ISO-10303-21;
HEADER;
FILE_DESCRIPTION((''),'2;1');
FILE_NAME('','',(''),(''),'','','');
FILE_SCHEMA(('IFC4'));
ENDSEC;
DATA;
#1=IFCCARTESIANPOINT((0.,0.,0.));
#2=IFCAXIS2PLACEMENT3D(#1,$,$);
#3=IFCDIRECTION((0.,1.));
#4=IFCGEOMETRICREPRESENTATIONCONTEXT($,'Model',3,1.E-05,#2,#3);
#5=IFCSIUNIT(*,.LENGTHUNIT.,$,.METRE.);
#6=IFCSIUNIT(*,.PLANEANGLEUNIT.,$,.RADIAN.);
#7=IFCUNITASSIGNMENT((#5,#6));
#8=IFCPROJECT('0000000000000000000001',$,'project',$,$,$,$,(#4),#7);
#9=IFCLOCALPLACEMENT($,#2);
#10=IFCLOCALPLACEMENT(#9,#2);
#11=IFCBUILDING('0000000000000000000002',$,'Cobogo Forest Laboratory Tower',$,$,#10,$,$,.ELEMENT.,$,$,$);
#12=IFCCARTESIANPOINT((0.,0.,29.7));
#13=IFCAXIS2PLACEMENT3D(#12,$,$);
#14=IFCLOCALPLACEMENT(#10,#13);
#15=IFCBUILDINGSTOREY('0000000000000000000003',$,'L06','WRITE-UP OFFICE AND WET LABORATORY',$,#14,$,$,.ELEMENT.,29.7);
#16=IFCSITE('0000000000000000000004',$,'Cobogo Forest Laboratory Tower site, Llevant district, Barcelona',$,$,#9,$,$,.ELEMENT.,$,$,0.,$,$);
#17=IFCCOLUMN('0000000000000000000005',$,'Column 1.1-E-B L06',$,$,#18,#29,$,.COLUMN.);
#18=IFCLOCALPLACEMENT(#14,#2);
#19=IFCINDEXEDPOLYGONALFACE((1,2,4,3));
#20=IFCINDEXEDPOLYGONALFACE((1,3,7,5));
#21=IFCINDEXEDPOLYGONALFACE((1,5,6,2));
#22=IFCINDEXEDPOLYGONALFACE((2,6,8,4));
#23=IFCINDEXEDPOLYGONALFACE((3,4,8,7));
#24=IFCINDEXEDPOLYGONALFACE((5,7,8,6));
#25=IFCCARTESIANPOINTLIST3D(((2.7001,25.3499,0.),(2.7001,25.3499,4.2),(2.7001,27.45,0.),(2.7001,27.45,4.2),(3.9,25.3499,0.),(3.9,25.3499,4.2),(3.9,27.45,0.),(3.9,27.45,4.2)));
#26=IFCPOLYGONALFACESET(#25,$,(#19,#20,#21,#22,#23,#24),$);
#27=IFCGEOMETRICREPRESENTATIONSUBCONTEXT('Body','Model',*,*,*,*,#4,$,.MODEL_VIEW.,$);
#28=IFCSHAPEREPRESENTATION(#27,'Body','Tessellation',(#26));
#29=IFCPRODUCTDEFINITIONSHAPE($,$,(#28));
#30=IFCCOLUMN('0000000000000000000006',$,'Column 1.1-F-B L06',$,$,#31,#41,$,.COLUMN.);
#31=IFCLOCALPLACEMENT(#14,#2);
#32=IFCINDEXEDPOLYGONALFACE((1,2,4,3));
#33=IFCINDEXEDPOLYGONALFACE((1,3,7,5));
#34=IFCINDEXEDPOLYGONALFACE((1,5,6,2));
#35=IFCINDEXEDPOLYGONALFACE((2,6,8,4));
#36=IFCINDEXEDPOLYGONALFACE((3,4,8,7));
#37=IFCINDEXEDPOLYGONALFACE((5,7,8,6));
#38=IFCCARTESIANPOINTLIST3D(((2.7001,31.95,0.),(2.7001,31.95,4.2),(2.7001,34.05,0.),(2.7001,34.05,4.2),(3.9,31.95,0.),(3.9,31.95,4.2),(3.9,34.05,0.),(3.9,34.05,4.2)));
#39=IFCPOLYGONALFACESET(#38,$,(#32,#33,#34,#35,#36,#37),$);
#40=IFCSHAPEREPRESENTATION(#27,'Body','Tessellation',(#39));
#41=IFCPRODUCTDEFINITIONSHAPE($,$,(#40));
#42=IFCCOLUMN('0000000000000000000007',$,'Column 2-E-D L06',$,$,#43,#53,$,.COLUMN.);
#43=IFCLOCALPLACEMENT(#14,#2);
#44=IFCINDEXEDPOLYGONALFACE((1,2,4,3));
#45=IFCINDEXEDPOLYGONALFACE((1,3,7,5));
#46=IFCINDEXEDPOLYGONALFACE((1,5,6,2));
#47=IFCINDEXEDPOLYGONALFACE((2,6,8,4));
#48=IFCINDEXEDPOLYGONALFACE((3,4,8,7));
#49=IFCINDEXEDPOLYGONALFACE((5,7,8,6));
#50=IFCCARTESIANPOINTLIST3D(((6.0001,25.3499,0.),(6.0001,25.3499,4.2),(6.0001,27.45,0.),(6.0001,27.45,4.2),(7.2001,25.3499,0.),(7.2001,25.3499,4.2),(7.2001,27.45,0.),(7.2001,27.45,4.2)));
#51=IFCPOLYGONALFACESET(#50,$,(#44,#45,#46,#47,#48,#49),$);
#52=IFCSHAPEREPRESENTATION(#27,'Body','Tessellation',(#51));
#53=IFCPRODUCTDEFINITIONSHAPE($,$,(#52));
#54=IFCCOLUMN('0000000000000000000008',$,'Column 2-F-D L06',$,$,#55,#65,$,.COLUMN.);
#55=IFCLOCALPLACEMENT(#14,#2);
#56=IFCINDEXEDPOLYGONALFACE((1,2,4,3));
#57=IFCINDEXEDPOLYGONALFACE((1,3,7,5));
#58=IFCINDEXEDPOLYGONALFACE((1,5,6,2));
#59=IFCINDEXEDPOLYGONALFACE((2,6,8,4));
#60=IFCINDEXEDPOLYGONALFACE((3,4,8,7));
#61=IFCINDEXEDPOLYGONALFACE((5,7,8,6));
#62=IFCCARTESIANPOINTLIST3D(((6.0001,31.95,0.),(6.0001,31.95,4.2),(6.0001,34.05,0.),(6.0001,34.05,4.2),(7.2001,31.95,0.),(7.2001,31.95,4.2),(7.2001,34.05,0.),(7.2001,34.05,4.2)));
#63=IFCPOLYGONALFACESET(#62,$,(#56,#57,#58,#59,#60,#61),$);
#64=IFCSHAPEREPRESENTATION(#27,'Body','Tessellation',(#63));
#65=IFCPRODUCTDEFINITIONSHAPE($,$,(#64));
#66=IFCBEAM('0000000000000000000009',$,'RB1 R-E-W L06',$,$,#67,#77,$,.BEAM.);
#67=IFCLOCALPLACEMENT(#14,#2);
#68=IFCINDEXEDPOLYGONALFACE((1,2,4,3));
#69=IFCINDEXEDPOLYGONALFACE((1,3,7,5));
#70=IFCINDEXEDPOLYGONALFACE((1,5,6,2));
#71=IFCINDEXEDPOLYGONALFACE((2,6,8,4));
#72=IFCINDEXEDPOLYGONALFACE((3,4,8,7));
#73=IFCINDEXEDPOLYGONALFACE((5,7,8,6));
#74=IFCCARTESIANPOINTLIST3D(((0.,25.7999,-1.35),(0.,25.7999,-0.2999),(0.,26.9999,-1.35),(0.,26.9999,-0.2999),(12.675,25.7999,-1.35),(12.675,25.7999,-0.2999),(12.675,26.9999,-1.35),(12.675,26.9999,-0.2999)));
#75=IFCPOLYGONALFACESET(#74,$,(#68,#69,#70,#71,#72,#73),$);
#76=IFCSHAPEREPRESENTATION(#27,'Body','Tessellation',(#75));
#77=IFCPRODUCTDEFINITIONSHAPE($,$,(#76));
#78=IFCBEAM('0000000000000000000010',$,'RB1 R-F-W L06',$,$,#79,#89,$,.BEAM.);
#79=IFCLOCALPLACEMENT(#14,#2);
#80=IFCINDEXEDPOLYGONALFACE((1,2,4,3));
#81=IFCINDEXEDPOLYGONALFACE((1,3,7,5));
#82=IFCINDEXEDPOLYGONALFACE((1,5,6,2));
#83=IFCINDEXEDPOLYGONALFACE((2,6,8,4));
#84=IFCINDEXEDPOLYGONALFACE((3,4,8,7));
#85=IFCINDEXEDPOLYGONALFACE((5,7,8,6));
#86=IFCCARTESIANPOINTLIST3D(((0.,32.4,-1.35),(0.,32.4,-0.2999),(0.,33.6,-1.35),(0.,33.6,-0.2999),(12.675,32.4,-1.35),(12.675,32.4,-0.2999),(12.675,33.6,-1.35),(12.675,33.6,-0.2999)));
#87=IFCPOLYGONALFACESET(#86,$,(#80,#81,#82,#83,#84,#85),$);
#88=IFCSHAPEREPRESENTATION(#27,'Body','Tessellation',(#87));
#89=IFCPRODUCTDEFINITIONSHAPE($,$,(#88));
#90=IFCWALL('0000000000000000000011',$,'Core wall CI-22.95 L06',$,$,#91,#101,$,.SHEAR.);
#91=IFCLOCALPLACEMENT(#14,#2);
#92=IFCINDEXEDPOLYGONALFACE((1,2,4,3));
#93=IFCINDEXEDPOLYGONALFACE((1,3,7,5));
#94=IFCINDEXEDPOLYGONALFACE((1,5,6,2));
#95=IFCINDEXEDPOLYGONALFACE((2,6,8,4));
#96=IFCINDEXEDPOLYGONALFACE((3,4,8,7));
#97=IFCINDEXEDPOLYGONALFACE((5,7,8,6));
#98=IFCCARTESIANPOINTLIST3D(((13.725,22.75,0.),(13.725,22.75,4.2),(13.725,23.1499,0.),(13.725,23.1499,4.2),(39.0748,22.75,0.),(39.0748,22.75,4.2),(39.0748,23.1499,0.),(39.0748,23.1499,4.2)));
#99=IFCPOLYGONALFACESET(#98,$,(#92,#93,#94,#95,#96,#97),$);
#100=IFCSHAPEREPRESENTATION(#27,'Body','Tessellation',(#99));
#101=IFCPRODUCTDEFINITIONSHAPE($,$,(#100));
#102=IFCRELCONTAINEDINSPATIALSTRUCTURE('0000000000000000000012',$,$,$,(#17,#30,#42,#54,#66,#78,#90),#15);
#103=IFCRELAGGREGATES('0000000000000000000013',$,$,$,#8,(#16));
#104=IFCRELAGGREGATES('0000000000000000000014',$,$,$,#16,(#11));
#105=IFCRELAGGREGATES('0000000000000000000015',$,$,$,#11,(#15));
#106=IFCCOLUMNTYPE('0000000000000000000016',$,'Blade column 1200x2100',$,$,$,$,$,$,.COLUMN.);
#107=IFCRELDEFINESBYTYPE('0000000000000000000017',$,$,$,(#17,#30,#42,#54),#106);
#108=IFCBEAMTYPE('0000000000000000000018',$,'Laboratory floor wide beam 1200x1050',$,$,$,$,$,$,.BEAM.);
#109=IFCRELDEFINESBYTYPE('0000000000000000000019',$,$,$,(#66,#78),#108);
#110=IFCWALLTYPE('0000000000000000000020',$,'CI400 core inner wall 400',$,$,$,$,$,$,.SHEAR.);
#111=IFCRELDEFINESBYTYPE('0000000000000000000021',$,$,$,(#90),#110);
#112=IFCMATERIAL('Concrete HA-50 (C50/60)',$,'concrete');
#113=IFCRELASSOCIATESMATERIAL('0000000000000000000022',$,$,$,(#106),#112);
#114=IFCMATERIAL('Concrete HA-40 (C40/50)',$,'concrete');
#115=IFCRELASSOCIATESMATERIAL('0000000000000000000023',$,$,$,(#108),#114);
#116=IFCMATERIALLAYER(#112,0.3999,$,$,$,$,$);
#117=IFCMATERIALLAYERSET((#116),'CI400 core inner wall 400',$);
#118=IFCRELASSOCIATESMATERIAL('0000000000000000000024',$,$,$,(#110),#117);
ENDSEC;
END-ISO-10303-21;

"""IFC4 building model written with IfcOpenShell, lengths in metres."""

from ifc_helpers import new_model, si_unit, direction, frame, frame_2d, origin, origin_2d, place, context, subcontext, project, spatial, rectangle, extrude, material, layer, layer_set, material_profile, profile_set, type_object, element, save


model = new_model("IFC4")

# Units and contexts
model_context = context("Model", 3, precision=1e-05, world=origin(), true_north=direction((0.0, 1.0)))
body_context = subcontext(model_context, "Body", "Model", "MODEL_VIEW")
ifc_project = project(units=[si_unit("LENGTHUNIT", "METRE"), si_unit("PLANEANGLEUNIT", "RADIAN")], contexts=[model_context])

# Site, building, storey
site_placement = place(None, origin())
site = spatial("IfcSite", under=ifc_project, at=site_placement, Name="Cobogo Forest Laboratory Tower site, Llevant district, Barcelona", CompositionType="ELEMENT", RefElevation=0.0)
building_placement = place(site_placement, origin())
building = spatial("IfcBuilding", under=site, at=building_placement, Name="Cobogo Forest Laboratory Tower", CompositionType="ELEMENT")
storey_placement = place(building_placement, frame((0.0, 0.0, 29.7)))
storey = spatial("IfcBuildingStorey", under=building, at=storey_placement, Name="L06", Description="WRITE-UP OFFICE AND WET LABORATORY", CompositionType="ELEMENT", Elevation=29.7)

# Columns
ifc_material_1 = material(Name="Concrete HA-50 (C50/60)", Category="concrete")
ifc_material_profile_1 = material_profile(ifc_material_1, rectangle(XDim=2.1001, YDim=1.2, at=origin_2d()), Name="RC 1200x2100")
ifc_profile_set_1 = profile_set([ifc_material_profile_1], Name="Concrete HA-50 (C50/60)")
column_type = type_object("IfcColumnType", Name="Blade column 1200x2100", PredefinedType="COLUMN", material=ifc_profile_set_1)
for number, where, z_axis, x_axis, name in (
    (1, (3.3, 26.3999, 0.0), (0.0, 0.0, 1.0), (0.0, 1.0, 0.0), "Column 1.1-E-B L06"),
    (2, (3.3, 33.0, 0.0), (0.0, 0.0, 1.0), (0.0, 1.0, 0.0), "Column 1.1-F-B L06"),
    (3, (6.6001, 26.3999, 0.0), (0.0, 0.0, 1.0), (0.0, 1.0, 0.0), "Column 2-E-D L06"),
    (4, (6.6001, 33.0, 0.0), (0.0, 0.0, 1.0), (0.0, 1.0, 0.0), "Column 2-F-D L06"),
):
    element("IfcColumn", number, at=place(storey_placement, frame(where, z_axis=z_axis, x_axis=x_axis)), inside=storey, type_object=column_type, Name=name, PredefinedType="COLUMN", context=body_context, shape_type="SweptSolid", body=[
        extrude(rectangle(XDim=2.1001, YDim=1.2, at=origin_2d()), origin(), (0.0, 0.0, 1.0), 4.2),
    ])

# Beams
ifc_material_2 = material(Name="Concrete HA-40 (C40/50)", Category="concrete")
ifc_material_profile_2 = material_profile(ifc_material_2, rectangle(XDim=1.2, YDim=1.05, at=origin_2d()), Name="RC 1200x1050")
ifc_profile_set_2 = profile_set([ifc_material_profile_2], Name="Concrete HA-40 (C40/50)")
beam_type = type_object("IfcBeamType", Name="Laboratory floor wide beam 1200x1050", PredefinedType="BEAM", material=ifc_profile_set_2)
for number, where, z_axis, x_axis, name in (
    (5, (12.675, 26.3999, -0.825), (-1.0, 0.0, 0.0), (0.0, -1.0, 0.0), "RB1 R-E-W L06"),
    (6, (12.675, 33.0, -0.825), (-1.0, 0.0, 0.0), (0.0, -1.0, 0.0), "RB1 R-F-W L06"),
):
    element("IfcBeam", number, at=place(storey_placement, frame(where, z_axis=z_axis, x_axis=x_axis)), inside=storey, type_object=beam_type, Name=name, PredefinedType="BEAM", context=body_context, shape_type="SweptSolid", body=[
        extrude(rectangle(XDim=1.2, YDim=1.05, at=origin_2d()), origin(), (0.0, 0.0, 1.0), 12.675),
    ])

# Wall
ifc_layer_1 = layer(ifc_material_1, 0.3999)
ifc_layer_set_1 = layer_set([ifc_layer_1], Name="CI400 core inner wall 400")
wall_type_1 = type_object("IfcWallType", Name="CI400 core inner wall 400", PredefinedType="SHEAR", material=ifc_layer_set_1)
wall_1_placement = place(storey_placement, frame((13.7251, 22.95, 0.0), z_axis=(0.0, 0.0, 1.0), x_axis=(1.0, 0.0, 0.0)))
element("IfcWall", 7, at=wall_1_placement, inside=storey, type_object=wall_type_1, Name="Core wall CI-22.95 L06", PredefinedType="SHEAR", context=body_context, shape_type="SweptSolid", body=[
    extrude(rectangle(XDim=25.3499, YDim=0.3999, at=frame_2d((12.6748, 0.0))), origin(), (0.0, 0.0, 1.0), 4.2),
])

save(model, "model.ifc")
